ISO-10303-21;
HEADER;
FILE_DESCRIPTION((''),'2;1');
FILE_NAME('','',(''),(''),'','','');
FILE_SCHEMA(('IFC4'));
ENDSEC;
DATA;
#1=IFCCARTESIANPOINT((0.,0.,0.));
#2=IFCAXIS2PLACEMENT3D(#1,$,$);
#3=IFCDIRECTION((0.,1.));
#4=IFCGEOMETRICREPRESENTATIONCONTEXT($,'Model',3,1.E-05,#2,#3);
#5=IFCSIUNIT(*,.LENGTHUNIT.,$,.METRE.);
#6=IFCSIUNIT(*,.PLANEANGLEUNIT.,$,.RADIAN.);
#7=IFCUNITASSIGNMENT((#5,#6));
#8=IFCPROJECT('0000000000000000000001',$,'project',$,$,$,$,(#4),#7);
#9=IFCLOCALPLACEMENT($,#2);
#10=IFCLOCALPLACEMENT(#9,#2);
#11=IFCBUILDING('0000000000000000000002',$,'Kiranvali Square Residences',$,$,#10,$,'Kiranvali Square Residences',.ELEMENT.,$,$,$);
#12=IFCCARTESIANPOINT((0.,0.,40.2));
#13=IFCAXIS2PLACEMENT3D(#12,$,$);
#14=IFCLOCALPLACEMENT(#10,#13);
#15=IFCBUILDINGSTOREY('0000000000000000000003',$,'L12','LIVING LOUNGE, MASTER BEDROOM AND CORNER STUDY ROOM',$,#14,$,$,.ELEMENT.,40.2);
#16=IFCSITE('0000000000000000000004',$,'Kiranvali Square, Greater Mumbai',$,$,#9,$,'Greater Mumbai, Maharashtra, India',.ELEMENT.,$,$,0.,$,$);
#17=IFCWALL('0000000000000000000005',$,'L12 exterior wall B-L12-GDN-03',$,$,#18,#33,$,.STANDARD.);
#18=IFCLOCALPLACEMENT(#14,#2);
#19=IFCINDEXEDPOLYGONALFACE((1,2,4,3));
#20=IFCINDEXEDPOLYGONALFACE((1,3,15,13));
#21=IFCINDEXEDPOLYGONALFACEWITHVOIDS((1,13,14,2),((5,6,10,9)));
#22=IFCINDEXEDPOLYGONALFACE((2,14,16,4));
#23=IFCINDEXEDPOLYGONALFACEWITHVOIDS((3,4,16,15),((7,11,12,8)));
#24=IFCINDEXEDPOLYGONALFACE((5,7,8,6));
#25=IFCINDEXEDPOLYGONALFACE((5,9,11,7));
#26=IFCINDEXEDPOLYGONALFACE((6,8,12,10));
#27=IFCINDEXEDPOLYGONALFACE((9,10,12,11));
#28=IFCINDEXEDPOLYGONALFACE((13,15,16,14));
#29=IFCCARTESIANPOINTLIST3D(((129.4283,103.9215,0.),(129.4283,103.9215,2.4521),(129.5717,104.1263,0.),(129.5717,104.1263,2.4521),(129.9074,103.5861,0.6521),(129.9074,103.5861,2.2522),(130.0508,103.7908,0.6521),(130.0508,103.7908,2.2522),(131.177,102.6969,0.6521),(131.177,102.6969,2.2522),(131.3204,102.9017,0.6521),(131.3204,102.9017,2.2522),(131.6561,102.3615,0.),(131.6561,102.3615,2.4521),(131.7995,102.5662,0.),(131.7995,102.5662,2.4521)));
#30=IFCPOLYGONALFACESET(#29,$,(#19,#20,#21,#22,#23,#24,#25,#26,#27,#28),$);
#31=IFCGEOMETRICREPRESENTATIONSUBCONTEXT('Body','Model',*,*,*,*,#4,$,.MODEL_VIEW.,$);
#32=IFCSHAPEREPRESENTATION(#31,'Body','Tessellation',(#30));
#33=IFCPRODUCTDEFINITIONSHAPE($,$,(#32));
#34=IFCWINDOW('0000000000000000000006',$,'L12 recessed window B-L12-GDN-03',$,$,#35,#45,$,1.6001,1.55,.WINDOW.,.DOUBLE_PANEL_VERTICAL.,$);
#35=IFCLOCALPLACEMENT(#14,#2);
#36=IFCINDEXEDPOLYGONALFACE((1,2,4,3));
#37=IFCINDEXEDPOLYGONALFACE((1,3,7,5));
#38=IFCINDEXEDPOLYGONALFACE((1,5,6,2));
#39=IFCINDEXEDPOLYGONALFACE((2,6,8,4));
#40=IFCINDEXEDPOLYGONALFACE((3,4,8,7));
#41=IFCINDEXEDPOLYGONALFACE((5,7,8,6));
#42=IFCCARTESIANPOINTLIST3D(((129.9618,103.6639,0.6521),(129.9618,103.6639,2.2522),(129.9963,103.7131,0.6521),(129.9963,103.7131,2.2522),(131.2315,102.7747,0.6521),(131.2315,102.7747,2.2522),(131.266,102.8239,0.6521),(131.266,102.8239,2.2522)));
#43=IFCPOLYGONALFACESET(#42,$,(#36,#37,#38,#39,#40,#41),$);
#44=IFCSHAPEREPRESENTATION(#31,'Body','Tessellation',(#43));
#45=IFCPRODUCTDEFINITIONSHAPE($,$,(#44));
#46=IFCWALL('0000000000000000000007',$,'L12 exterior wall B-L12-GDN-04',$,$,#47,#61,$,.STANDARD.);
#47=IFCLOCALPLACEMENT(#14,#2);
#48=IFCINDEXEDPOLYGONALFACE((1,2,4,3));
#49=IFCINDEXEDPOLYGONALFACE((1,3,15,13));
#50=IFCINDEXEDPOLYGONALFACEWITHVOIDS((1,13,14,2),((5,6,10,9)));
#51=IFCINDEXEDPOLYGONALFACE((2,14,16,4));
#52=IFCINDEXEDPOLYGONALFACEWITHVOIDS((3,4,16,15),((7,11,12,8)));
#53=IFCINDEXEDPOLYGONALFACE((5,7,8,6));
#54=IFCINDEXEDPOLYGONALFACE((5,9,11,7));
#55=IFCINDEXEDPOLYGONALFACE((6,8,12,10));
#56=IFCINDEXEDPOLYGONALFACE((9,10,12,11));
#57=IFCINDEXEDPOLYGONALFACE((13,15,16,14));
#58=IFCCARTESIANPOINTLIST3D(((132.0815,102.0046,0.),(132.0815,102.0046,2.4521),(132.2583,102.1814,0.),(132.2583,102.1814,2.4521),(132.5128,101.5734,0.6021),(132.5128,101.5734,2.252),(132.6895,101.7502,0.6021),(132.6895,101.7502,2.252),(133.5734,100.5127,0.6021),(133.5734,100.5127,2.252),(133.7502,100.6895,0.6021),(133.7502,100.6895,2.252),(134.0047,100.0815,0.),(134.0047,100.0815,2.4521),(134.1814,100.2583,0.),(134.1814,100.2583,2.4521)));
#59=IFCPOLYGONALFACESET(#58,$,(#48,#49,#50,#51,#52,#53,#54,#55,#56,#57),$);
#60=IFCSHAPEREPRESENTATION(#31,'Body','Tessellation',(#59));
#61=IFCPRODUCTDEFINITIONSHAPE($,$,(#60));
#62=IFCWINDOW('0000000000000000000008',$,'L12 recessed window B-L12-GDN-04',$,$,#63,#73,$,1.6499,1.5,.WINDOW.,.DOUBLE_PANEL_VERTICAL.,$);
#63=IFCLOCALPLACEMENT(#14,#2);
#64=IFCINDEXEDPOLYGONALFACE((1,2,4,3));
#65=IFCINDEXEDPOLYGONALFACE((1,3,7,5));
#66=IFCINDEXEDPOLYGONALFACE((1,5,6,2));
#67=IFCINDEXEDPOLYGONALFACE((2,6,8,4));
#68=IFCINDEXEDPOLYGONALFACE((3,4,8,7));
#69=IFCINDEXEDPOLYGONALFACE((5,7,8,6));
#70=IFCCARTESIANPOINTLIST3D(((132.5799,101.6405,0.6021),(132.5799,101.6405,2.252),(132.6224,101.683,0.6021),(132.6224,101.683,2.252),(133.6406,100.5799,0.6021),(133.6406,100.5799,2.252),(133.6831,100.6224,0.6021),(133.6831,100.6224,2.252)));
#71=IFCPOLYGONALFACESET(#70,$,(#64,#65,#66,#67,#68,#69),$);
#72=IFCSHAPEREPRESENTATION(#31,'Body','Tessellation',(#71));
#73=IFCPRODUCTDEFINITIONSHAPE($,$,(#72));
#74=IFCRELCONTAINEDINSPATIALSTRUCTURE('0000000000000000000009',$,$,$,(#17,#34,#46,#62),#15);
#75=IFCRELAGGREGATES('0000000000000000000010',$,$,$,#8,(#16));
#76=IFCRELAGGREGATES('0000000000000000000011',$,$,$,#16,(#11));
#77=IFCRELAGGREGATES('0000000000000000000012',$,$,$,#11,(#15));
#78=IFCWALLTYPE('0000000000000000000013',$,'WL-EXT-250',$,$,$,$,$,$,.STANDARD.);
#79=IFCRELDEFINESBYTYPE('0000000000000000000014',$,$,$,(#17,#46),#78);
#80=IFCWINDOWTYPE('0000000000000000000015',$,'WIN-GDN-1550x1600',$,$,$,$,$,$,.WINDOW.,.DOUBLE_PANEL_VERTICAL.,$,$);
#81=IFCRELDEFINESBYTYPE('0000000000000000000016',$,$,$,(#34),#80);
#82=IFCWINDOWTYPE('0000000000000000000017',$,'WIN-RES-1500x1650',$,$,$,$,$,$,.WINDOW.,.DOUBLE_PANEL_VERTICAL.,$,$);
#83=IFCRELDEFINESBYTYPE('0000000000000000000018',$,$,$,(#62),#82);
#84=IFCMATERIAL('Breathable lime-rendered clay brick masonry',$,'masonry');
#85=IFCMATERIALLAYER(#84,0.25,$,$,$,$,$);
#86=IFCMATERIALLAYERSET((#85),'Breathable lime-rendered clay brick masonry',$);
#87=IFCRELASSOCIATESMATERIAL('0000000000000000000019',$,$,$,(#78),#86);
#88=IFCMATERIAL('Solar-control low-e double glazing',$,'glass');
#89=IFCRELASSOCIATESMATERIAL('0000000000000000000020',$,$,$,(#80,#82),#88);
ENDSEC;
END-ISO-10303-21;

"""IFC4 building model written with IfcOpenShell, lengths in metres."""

from ifc_helpers import new_model, si_unit, direction, frame, frame_2d, origin, place, context, subcontext, project, spatial, rectangle, extrude, material, layer, layer_set, type_object, element, fill, save


model = new_model("IFC4")

# Units and contexts
model_context = context("Model", 3, precision=1e-05, world=origin(), true_north=direction((0.0, 1.0)))
body_context = subcontext(model_context, "Body", "Model", "MODEL_VIEW")
ifc_project = project(units=[si_unit("LENGTHUNIT", "METRE"), si_unit("PLANEANGLEUNIT", "RADIAN")], contexts=[model_context])

# Site, building, storey
site_placement = place(None, origin())
site = spatial("IfcSite", under=ifc_project, at=site_placement, Name="Kiranvali Square, Greater Mumbai", LongName="Greater Mumbai, Maharashtra, India", CompositionType="ELEMENT", RefElevation=0.0)
building_placement = place(site_placement, origin())
building = spatial("IfcBuilding", under=site, at=building_placement, Name="Kiranvali Square Residences", LongName="Kiranvali Square Residences", CompositionType="ELEMENT")
storey_placement = place(building_placement, frame((0.0, 0.0, 40.2)))
storey = spatial("IfcBuildingStorey", under=building, at=storey_placement, Name="L12", Description="LIVING LOUNGE, MASTER BEDROOM AND CORNER STUDY ROOM", CompositionType="ELEMENT", Elevation=40.2)

# Shared definitions
ifc_material_1 = material(Name="Breathable lime-rendered clay brick masonry", Category="masonry")
ifc_layer_1 = layer(ifc_material_1, 0.25)
ifc_layer_set_1 = layer_set([ifc_layer_1], Name="Breathable lime-rendered clay brick masonry")
wall_type_1 = type_object("IfcWallType", Name="WL-EXT-250", PredefinedType="STANDARD", material=ifc_layer_set_1)

# Walls, openings, windows
wall_1_placement = place(storey_placement, frame((129.5, 104.0239, 0.0), z_axis=(0.0, 0.0, 1.0), x_axis=(0.819126, -0.573613, 0.0)))
wall_1 = element("IfcWall", 1, at=wall_1_placement, inside=storey, type_object=wall_type_1, Name="L12 exterior wall B-L12-GDN-03", PredefinedType="STANDARD", context=body_context, shape_type="SweptSolid", body=[
    extrude(rectangle(XDim=2.7197, YDim=0.25, at=frame_2d((1.3599, 0.0))), origin(), (0.0, 0.0, 1.0), 2.4521),
])
opening_1_placement = place(wall_1_placement, frame((0.585, 0.0, 0.6521)))
opening_1 = element("IfcOpeningElement", 2, at=opening_1_placement, cuts=wall_1, PredefinedType="OPENING", context=body_context, shape_type="SweptSolid", body=[
    extrude(rectangle(XDim=1.55, YDim=1.6001, at=frame_2d((0.7749, 0.8))), frame((0.0, 0.135, 0.0), z_axis=(0.0, -1.0, 0.0), x_axis=(1.0, 0.0, 0.0)), (0.0, 0.0, 1.0), 0.27),
])
ifc_material_2 = material(Name="Solar-control low-e double glazing", Category="glass")
window_type_1 = type_object("IfcWindowType", Name="WIN-GDN-1550x1600", PartitioningType="DOUBLE_PANEL_VERTICAL", PredefinedType="WINDOW", material=ifc_material_2)
window_1_placement = place(opening_1_placement, origin())
window_1 = element("IfcWindow", 3, at=window_1_placement, inside=storey, type_object=window_type_1, Name="L12 recessed window B-L12-GDN-03", OverallHeight=1.6001, OverallWidth=1.55, PartitioningType="DOUBLE_PANEL_VERTICAL", PredefinedType="WINDOW", context=body_context, shape_type="SweptSolid", body=[
    extrude(rectangle(XDim=1.55, YDim=1.6001, at=frame_2d((0.7749, 0.8))), frame((0.0, 0.03, 0.0), z_axis=(0.0, -1.0, 0.0), x_axis=(1.0, 0.0, 0.0)), (0.0, 0.0, 1.0), 0.0601),
])
fill(opening_1, window_1)
wall_2_placement = place(storey_placement, frame((132.1699, 102.093, 0.0), z_axis=(0.0, 0.0, 1.0), x_axis=(0.707107, -0.707107, 0.0)))
wall_2 = element("IfcWall", 4, at=wall_2_placement, inside=storey, type_object=wall_type_1, Name="L12 exterior wall B-L12-GDN-04", PredefinedType="STANDARD", context=body_context, shape_type="SweptSolid", body=[
    extrude(rectangle(XDim=2.7197, YDim=0.25, at=frame_2d((1.3599, 0.0))), origin(), (0.0, 0.0, 1.0), 2.4521),
])
opening_2_placement = place(wall_2_placement, frame((0.6099, 0.0, 0.6021)))
opening_2 = element("IfcOpeningElement", 5, at=opening_2_placement, cuts=wall_2, PredefinedType="OPENING", context=body_context, shape_type="SweptSolid", body=[
    extrude(rectangle(XDim=1.5, YDim=1.6499, at=frame_2d((0.75, 0.825))), frame((0.0, 0.135, 0.0), z_axis=(0.0, -1.0, 0.0), x_axis=(1.0, 0.0, 0.0)), (0.0, 0.0, 1.0), 0.27),
])
window_type_2 = type_object("IfcWindowType", Name="WIN-RES-1500x1650", PartitioningType="DOUBLE_PANEL_VERTICAL", PredefinedType="WINDOW", material=ifc_material_2)
window_2_placement = place(opening_2_placement, origin())
window_2 = element("IfcWindow", 6, at=window_2_placement, inside=storey, type_object=window_type_2, Name="L12 recessed window B-L12-GDN-04", OverallHeight=1.6499, OverallWidth=1.5, PartitioningType="DOUBLE_PANEL_VERTICAL", PredefinedType="WINDOW", context=body_context, shape_type="SweptSolid", body=[
    extrude(rectangle(XDim=1.5, YDim=1.6499, at=frame_2d((0.75, 0.825))), frame((0.0, 0.03, 0.0), z_axis=(0.0, -1.0, 0.0), x_axis=(1.0, 0.0, 0.0)), (0.0, 0.0, 1.0), 0.0601),
])
fill(opening_2, window_2)

save(model, "model.ifc")
